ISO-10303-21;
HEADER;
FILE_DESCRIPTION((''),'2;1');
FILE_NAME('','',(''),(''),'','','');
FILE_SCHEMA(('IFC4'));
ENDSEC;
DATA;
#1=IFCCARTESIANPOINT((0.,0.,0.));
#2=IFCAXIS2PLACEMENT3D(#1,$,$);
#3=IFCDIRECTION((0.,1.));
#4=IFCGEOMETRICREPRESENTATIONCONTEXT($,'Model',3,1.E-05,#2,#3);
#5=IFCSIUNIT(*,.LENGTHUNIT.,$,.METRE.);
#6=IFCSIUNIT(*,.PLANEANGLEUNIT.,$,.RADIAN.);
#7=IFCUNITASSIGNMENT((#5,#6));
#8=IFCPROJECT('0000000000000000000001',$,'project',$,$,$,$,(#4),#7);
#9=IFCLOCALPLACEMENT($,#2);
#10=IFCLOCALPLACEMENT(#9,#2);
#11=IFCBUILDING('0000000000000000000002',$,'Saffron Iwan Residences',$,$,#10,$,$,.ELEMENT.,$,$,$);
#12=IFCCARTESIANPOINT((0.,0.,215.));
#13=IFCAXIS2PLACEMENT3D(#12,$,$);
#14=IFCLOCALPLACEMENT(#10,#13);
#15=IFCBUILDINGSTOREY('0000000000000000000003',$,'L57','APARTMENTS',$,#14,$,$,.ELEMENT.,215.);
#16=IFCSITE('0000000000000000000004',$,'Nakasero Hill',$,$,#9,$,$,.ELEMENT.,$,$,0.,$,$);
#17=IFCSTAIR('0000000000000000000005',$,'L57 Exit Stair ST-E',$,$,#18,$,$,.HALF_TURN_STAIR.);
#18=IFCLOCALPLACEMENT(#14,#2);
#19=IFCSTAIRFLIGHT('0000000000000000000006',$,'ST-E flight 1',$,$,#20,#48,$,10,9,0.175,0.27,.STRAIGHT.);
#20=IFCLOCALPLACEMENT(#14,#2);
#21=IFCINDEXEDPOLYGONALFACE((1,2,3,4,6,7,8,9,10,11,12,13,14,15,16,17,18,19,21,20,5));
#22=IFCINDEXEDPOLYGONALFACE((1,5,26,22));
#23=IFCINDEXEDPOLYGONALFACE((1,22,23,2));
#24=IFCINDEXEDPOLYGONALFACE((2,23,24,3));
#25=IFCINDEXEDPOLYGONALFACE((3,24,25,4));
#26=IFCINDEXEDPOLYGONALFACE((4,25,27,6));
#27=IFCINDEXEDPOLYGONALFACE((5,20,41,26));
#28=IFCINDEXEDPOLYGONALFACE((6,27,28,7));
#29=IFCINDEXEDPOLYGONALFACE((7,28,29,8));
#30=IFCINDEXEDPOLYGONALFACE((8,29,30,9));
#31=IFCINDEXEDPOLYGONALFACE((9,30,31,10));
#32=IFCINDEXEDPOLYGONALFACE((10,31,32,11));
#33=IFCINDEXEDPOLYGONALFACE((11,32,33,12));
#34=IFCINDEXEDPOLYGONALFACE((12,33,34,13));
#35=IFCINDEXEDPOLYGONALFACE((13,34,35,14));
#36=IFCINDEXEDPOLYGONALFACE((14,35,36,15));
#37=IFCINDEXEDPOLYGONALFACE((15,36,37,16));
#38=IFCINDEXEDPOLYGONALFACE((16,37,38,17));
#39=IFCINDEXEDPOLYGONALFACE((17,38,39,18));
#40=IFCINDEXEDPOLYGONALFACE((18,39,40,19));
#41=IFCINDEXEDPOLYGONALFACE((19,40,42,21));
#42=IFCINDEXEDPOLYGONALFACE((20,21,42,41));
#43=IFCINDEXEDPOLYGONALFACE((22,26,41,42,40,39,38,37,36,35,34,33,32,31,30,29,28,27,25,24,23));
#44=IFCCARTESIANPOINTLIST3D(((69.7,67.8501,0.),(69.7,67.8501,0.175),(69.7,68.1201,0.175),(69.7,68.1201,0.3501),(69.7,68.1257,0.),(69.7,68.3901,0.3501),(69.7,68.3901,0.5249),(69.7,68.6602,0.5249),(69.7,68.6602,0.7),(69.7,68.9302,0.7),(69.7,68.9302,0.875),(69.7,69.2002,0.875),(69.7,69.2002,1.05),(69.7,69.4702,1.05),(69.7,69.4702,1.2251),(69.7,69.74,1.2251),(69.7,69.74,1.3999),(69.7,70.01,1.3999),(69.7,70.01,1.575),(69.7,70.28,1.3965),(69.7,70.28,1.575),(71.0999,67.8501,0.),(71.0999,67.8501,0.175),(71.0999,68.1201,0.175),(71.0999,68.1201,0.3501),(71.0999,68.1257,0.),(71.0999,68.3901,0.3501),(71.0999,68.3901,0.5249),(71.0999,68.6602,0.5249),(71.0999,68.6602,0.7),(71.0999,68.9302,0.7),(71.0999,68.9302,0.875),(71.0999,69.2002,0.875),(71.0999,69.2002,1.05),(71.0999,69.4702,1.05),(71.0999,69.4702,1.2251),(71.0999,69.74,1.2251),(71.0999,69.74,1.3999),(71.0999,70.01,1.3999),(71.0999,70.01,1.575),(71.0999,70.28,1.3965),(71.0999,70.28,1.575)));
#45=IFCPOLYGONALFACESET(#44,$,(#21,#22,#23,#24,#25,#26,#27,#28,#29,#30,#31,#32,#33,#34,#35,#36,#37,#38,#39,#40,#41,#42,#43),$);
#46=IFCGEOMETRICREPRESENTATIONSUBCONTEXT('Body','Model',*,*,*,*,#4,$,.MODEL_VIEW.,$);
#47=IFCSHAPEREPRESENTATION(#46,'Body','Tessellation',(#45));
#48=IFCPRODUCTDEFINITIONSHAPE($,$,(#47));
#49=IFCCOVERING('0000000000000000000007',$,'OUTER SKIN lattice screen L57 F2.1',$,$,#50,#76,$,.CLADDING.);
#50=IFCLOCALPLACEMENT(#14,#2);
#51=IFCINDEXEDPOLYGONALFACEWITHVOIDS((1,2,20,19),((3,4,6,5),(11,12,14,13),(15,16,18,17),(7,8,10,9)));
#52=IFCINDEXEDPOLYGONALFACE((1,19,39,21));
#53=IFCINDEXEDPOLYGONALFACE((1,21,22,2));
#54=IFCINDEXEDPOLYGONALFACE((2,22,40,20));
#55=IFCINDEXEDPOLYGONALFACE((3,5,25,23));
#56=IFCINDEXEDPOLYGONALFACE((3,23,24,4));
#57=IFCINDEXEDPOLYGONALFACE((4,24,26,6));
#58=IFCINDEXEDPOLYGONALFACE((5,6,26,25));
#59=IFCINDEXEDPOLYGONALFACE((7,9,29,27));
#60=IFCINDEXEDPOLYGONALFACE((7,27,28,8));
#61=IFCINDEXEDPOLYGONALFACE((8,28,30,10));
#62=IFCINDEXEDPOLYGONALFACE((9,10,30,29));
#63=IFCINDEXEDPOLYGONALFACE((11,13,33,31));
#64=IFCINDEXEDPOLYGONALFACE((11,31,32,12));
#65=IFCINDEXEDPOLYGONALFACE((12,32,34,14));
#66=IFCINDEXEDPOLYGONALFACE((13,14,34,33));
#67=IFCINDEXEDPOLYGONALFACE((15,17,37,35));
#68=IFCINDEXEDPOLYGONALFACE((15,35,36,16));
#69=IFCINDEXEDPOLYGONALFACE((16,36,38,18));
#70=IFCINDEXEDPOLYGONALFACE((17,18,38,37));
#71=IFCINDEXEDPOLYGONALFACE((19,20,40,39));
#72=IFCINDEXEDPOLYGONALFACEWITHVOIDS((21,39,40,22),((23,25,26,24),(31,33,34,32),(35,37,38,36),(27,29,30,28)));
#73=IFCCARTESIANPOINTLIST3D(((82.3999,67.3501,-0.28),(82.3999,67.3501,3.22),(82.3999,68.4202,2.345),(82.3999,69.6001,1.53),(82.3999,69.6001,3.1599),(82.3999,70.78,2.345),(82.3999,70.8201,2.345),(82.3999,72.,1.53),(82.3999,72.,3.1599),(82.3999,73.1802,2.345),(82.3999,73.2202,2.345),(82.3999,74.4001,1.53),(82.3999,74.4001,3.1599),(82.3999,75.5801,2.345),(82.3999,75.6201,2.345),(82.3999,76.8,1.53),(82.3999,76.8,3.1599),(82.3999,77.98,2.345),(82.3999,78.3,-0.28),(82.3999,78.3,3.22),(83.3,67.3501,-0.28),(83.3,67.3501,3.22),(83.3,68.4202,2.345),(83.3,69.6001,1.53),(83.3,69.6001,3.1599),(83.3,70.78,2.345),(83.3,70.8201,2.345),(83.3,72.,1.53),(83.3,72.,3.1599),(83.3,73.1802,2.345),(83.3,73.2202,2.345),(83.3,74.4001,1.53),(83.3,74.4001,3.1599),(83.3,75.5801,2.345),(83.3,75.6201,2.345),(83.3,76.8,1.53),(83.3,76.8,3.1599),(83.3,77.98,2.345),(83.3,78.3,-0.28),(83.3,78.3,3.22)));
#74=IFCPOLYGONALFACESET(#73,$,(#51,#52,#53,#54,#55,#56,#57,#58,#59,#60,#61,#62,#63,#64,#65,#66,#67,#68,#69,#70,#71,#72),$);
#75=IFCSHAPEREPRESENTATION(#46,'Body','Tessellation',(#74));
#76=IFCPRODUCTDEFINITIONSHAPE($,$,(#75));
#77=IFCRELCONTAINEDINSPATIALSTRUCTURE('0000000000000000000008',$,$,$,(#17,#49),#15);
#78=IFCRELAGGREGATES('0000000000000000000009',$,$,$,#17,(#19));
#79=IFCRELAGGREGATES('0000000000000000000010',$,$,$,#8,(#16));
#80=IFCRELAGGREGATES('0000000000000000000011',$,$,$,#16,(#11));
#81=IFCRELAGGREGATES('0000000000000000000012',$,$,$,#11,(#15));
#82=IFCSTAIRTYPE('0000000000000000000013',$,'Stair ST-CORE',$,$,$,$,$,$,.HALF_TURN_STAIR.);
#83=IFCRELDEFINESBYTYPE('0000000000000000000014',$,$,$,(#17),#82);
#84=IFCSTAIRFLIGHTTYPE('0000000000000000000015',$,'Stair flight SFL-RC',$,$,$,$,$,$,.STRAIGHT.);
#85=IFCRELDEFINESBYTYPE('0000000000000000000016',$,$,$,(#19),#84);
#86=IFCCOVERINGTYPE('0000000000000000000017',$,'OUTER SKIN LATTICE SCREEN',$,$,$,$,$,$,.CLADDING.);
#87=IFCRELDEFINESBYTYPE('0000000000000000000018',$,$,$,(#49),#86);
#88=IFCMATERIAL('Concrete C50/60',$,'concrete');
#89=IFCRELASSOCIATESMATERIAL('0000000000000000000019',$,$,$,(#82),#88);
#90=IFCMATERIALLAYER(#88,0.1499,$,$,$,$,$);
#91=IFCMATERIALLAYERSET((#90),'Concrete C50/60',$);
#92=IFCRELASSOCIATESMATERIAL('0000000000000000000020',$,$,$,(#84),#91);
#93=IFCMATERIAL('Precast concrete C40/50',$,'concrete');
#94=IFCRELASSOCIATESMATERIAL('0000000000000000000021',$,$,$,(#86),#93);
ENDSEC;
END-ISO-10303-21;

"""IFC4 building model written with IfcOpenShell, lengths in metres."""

from ifc_helpers import new_model, si_unit, direction, frame, origin, place, context, subcontext, project, spatial, polyline, outline, extrude, material, layer, layer_set, type_object, element, aggregate, save


model = new_model("IFC4")

# Units and contexts
model_context = context("Model", 3, precision=1e-05, world=origin(), true_north=direction((0.0, 1.0)))
body_context = subcontext(model_context, "Body", "Model", "MODEL_VIEW")
ifc_project = project(units=[si_unit("LENGTHUNIT", "METRE"), si_unit("PLANEANGLEUNIT", "RADIAN")], contexts=[model_context])

# Site, building, storey
site_placement = place(None, origin())
site = spatial("IfcSite", under=ifc_project, at=site_placement, Name="Nakasero Hill", CompositionType="ELEMENT", RefElevation=0.0)
building_placement = place(site_placement, origin())
building = spatial("IfcBuilding", under=site, at=building_placement, Name="Saffron Iwan Residences", CompositionType="ELEMENT")
storey_placement = place(building_placement, frame((0.0, 0.0, 215.0)))
storey = spatial("IfcBuildingStorey", under=building, at=storey_placement, Name="L57", Description="APARTMENTS", CompositionType="ELEMENT", Elevation=215.0)

# Stair, stair flight
ifc_material_1 = material(Name="Concrete C50/60", Category="concrete")
stair_type = type_object("IfcStairType", Name="Stair ST-CORE", PredefinedType="HALF_TURN_STAIR", material=ifc_material_1)
stair_placement = place(storey_placement, origin())
stair = element("IfcStair", 1, at=stair_placement, inside=storey, type_object=stair_type, Name="L57 Exit Stair ST-E", PredefinedType="HALF_TURN_STAIR")
ifc_layer_1 = layer(ifc_material_1, 0.1499)
ifc_layer_set_1 = layer_set([ifc_layer_1], Name="Concrete C50/60")
stair_flight_type = type_object("IfcStairFlightType", Name="Stair flight SFL-RC", PredefinedType="STRAIGHT", material=ifc_layer_set_1)
stair_flight_placement = place(storey_placement, frame((70.3999, 67.8501, 0.0), z_axis=(0.0, 0.0, 1.0), x_axis=(0.0, 1.0, 0.0)))
stair_flight = element("IfcStairFlight", 2, at=stair_flight_placement, type_object=stair_flight_type, Name="ST-E flight 1", NumberOfRisers=10, NumberOfTreads=9, PredefinedType="STRAIGHT", RiserHeight=0.175, TreadLength=0.27, context=body_context, shape_type="SweptSolid", body=[
    extrude(outline(polyline([(0.0, 0.0), (0.0, 0.175), (0.27, 0.175), (0.27, 0.3501), (0.54, 0.3501), (0.54, 0.5249), (0.8101, 0.5249), (0.8101, 0.7), (1.0801, 0.7), (1.0801, 0.875), (1.3501, 0.875), (1.3501, 1.05), (1.6201, 1.05), (1.6201, 1.2251), (1.8899, 1.2251), (1.8899, 1.3999), (2.1599, 1.3999), (2.1599, 1.575), (2.4299, 1.575), (2.4299, 1.75), (2.4299, 1.3965), (0.2756, 0.0), (0.0, 0.0)])), frame((0.0, 0.7, 0.0), z_axis=(0.0, -1.0, 0.0), x_axis=(1.0, 0.0, 0.0)), (0.0, 0.0, 1.0), 1.3999),
])
aggregate(stair, [stair_flight])

# Covering
ifc_material_2 = material(Name="Precast concrete C40/50", Category="concrete")
covering_type = type_object("IfcCoveringType", Name="OUTER SKIN LATTICE SCREEN", PredefinedType="CLADDING", material=ifc_material_2)
covering_placement = place(storey_placement, frame((82.3999, 67.3501, -0.28), z_axis=(1.0, 0.0, 0.0), x_axis=(0.0, 1.0, 0.0)))
element("IfcCovering", 3, at=covering_placement, inside=storey, type_object=covering_type, Name="OUTER SKIN lattice screen L57 F2.1", PredefinedType="CLADDING", context=body_context, shape_type="SweptSolid", body=[
    extrude(outline(polyline([(0.0, 0.0), (10.95, 0.0), (10.95, 3.5), (0.0, 3.5), (0.0, 0.0)]), holes=[polyline([(1.0701, 2.625), (2.25, 1.8101), (3.4299, 2.625), (2.25, 3.4399), (1.0701, 2.625)]), polyline([(3.47, 2.625), (4.6499, 1.8101), (5.8301, 2.625), (4.6499, 3.4399), (3.47, 2.625)]), polyline([(5.8701, 2.625), (7.05, 1.8101), (8.23, 2.625), (7.05, 3.4399), (5.8701, 2.625)]), polyline([(8.27, 2.625), (9.45, 1.8101), (10.6299, 2.625), (9.45, 3.4399), (8.27, 2.625)])]), origin(), (0.0, 0.0, 1.0), 0.9001),
])

save(model, "model.ifc")
